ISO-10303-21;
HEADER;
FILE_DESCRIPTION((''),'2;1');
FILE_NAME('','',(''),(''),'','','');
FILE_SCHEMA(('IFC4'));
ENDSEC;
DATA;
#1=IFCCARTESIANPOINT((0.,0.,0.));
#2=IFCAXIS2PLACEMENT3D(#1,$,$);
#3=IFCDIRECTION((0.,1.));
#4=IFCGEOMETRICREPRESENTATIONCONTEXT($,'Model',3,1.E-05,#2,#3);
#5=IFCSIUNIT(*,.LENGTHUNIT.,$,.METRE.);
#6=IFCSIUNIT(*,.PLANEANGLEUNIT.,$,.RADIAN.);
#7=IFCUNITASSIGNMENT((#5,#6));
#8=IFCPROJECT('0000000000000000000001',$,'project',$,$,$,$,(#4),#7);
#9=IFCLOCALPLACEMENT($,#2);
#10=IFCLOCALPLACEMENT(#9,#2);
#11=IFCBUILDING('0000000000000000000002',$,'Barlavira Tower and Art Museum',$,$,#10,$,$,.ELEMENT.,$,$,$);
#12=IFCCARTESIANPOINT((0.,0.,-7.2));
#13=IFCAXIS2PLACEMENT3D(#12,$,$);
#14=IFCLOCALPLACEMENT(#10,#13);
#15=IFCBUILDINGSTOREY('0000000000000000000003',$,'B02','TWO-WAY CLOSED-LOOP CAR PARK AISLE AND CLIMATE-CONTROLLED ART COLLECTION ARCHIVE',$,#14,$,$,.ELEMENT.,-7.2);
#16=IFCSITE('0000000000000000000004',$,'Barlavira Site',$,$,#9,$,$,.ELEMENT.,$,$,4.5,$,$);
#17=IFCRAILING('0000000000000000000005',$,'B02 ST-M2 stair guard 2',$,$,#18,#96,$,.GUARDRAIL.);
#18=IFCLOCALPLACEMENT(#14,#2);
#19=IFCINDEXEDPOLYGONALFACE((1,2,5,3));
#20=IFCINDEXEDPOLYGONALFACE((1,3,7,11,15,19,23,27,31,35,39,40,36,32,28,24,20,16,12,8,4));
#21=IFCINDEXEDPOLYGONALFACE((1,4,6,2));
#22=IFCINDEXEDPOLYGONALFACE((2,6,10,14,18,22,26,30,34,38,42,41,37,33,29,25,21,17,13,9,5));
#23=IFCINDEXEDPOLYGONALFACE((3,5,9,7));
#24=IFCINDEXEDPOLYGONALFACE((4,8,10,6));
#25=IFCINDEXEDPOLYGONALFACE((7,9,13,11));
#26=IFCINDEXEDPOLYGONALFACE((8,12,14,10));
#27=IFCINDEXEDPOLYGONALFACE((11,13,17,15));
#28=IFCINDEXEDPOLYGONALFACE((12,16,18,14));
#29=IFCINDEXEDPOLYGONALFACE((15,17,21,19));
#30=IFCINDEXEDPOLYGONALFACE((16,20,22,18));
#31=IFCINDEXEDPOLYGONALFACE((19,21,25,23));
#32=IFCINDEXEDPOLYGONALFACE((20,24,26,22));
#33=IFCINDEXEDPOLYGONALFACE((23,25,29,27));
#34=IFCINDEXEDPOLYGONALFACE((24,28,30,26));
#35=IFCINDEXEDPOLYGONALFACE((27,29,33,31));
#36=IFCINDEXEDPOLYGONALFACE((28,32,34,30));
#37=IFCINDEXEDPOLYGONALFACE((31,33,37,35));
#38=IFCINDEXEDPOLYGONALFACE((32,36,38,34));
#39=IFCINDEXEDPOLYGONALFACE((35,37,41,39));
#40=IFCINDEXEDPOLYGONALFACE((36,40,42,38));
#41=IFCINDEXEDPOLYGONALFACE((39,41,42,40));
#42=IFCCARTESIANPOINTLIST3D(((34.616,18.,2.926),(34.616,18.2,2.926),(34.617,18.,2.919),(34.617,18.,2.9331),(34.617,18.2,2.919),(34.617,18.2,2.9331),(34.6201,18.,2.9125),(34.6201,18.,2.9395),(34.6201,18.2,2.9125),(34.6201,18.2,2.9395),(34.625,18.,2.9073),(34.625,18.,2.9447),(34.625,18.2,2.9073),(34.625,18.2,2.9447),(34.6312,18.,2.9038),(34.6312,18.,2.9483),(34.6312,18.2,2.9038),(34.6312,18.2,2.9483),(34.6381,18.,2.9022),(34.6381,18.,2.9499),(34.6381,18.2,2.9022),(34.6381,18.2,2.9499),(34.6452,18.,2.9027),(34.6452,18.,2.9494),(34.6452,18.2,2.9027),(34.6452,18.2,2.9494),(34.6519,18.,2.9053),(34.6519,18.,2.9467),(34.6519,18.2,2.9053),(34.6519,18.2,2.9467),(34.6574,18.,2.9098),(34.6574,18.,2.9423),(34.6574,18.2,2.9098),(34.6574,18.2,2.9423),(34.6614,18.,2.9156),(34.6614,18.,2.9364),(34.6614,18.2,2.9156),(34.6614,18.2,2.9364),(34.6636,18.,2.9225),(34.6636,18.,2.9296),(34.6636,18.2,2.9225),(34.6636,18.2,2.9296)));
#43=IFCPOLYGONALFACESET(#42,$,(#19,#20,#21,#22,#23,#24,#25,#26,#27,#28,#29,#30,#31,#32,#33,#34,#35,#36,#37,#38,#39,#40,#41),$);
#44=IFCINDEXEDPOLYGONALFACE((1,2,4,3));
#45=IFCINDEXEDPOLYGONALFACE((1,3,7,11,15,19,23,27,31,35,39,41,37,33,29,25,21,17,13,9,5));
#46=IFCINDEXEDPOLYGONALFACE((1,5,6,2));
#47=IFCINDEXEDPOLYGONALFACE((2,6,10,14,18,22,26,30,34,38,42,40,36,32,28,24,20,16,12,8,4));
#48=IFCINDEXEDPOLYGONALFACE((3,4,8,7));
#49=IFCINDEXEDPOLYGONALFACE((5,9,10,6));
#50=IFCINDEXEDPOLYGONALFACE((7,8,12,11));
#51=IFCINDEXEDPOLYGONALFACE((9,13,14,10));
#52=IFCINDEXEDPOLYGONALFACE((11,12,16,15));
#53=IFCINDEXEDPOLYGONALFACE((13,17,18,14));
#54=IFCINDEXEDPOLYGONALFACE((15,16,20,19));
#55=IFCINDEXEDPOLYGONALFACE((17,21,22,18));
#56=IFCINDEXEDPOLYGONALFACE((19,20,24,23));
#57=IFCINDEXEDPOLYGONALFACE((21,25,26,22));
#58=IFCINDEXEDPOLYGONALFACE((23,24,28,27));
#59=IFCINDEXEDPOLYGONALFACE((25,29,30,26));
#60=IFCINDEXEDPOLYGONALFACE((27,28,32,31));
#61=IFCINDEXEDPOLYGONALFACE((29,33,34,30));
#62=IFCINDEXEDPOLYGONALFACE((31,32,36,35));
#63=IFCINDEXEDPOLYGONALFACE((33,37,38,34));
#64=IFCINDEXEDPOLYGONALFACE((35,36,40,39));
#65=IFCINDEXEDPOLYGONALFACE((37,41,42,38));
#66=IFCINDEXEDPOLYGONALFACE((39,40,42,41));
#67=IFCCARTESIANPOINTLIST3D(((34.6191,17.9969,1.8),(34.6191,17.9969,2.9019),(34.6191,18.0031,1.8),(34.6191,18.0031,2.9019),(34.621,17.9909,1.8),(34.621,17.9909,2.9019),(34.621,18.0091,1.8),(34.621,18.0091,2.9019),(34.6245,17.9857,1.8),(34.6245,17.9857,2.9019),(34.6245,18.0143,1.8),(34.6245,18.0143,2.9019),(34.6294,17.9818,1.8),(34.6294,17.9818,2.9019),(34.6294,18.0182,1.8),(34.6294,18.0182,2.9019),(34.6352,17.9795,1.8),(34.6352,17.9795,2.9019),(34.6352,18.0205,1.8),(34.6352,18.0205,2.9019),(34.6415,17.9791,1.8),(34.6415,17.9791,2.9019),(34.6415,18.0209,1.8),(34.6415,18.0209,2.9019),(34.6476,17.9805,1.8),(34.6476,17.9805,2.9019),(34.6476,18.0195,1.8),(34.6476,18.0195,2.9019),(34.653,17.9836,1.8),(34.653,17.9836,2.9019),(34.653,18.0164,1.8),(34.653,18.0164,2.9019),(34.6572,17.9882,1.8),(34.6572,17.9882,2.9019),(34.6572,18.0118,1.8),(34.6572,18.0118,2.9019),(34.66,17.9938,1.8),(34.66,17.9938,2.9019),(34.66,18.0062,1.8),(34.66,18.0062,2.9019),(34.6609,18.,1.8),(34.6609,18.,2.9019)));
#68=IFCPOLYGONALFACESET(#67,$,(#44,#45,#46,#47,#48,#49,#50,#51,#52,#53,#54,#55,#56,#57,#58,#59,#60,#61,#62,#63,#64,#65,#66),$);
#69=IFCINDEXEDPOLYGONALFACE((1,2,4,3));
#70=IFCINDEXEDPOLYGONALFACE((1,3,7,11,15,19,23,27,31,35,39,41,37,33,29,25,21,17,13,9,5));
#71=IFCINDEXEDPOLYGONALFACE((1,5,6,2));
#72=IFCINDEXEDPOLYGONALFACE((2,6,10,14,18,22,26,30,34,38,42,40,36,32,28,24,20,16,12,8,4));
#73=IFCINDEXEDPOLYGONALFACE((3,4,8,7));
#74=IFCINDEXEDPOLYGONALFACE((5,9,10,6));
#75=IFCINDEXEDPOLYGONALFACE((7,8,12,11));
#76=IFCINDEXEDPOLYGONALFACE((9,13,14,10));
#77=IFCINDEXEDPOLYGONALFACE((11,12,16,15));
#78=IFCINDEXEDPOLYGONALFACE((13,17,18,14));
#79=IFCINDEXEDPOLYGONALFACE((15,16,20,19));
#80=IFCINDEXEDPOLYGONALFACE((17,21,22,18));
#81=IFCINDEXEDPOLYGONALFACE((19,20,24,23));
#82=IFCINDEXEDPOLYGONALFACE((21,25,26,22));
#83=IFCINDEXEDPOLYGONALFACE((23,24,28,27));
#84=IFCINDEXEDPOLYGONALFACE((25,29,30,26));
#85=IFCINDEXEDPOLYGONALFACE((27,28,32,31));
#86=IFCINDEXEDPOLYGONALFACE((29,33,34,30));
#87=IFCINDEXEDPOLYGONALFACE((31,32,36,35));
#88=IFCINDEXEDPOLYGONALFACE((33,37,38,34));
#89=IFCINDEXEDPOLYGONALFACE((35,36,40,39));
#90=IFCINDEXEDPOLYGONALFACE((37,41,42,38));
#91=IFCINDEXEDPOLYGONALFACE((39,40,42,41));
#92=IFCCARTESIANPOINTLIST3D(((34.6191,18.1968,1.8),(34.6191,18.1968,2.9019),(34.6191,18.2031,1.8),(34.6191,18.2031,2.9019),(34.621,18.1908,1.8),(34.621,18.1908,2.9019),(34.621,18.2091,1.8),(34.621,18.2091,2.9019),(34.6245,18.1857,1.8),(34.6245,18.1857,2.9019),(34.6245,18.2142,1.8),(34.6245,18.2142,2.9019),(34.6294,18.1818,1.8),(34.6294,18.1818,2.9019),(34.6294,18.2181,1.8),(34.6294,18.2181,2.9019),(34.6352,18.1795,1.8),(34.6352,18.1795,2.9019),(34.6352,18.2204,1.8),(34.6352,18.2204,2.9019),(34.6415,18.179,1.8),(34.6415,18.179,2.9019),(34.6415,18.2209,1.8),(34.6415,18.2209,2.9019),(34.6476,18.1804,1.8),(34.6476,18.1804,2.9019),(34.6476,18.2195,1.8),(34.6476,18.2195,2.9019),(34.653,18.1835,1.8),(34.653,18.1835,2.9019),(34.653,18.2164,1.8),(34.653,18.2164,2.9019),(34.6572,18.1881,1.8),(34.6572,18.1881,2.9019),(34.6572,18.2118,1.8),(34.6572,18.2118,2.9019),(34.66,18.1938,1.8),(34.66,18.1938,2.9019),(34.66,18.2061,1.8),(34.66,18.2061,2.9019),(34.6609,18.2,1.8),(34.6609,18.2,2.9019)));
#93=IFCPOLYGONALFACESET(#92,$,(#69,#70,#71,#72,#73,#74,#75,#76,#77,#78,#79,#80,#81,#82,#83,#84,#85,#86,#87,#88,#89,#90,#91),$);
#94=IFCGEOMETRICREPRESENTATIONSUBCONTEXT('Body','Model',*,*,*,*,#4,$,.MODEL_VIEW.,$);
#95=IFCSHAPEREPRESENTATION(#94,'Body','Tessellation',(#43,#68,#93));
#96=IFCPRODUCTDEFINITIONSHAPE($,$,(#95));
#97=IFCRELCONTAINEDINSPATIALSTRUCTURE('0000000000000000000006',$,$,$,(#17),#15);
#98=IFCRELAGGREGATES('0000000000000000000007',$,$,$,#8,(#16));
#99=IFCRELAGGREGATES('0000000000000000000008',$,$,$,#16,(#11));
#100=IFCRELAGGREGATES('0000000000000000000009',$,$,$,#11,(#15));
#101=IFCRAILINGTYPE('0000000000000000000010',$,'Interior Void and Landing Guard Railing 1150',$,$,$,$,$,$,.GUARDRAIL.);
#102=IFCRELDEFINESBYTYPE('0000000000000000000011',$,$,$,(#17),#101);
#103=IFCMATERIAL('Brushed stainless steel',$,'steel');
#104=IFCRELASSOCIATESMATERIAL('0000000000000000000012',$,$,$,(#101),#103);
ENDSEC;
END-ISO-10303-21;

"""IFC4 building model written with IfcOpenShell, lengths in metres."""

from ifc_helpers import new_model, si_unit, direction, frame, origin, origin_2d, place, context, subcontext, project, spatial, circle, extrude, material, type_object, element, save


model = new_model("IFC4")

# Units and contexts
model_context = context("Model", 3, precision=1e-05, world=origin(), true_north=direction((0.0, 1.0)))
body_context = subcontext(model_context, "Body", "Model", "MODEL_VIEW")
ifc_project = project(units=[si_unit("LENGTHUNIT", "METRE"), si_unit("PLANEANGLEUNIT", "RADIAN")], contexts=[model_context])

# Site, building, storey
site_placement = place(None, origin())
site = spatial("IfcSite", under=ifc_project, at=site_placement, Name="Barlavira Site", CompositionType="ELEMENT", RefElevation=4.5)
building_placement = place(site_placement, origin())
building = spatial("IfcBuilding", under=site, at=building_placement, Name="Barlavira Tower and Art Museum", CompositionType="ELEMENT")
storey_placement = place(building_placement, frame((0.0, 0.0, -7.2)))
storey = spatial("IfcBuildingStorey", under=building, at=storey_placement, Name="B02", Description="TWO-WAY CLOSED-LOOP CAR PARK AISLE AND CLIMATE-CONTROLLED ART COLLECTION ARCHIVE", CompositionType="ELEMENT", Elevation=-7.2)

# Shared definitions
ifc_material_1 = material(Name="Brushed stainless steel", Category="steel")

# Railing
railing_type_1 = type_object("IfcRailingType", Name="Interior Void and Landing Guard Railing 1150", PredefinedType="GUARDRAIL", material=ifc_material_1)
railing_1_placement = place(storey_placement, frame((34.6399, 18.0, 1.8)))
element("IfcRailing", 1, at=railing_1_placement, inside=storey, type_object=railing_type_1, Name="B02 ST-M2 stair guard 2", PredefinedType="GUARDRAIL", context=body_context, shape_type="SweptSolid", body=[
    extrude(circle(Radius=0.0239, at=origin_2d()), frame((0.0, 0.0, 1.126), z_axis=(0.0, 1.0, 0.0), x_axis=(-1.0, 0.0, 0.0)), (0.0, 0.0, 1.0), 0.2),
    extrude(circle(Radius=0.021, at=origin_2d()), origin(), (0.0, 0.0, 1.0), 1.1018),
    extrude(circle(Radius=0.021, at=origin_2d()), frame((0.0, 0.2, 0.0)), (0.0, 0.0, 1.0), 1.1018),
])

save(model, "model.ifc")
